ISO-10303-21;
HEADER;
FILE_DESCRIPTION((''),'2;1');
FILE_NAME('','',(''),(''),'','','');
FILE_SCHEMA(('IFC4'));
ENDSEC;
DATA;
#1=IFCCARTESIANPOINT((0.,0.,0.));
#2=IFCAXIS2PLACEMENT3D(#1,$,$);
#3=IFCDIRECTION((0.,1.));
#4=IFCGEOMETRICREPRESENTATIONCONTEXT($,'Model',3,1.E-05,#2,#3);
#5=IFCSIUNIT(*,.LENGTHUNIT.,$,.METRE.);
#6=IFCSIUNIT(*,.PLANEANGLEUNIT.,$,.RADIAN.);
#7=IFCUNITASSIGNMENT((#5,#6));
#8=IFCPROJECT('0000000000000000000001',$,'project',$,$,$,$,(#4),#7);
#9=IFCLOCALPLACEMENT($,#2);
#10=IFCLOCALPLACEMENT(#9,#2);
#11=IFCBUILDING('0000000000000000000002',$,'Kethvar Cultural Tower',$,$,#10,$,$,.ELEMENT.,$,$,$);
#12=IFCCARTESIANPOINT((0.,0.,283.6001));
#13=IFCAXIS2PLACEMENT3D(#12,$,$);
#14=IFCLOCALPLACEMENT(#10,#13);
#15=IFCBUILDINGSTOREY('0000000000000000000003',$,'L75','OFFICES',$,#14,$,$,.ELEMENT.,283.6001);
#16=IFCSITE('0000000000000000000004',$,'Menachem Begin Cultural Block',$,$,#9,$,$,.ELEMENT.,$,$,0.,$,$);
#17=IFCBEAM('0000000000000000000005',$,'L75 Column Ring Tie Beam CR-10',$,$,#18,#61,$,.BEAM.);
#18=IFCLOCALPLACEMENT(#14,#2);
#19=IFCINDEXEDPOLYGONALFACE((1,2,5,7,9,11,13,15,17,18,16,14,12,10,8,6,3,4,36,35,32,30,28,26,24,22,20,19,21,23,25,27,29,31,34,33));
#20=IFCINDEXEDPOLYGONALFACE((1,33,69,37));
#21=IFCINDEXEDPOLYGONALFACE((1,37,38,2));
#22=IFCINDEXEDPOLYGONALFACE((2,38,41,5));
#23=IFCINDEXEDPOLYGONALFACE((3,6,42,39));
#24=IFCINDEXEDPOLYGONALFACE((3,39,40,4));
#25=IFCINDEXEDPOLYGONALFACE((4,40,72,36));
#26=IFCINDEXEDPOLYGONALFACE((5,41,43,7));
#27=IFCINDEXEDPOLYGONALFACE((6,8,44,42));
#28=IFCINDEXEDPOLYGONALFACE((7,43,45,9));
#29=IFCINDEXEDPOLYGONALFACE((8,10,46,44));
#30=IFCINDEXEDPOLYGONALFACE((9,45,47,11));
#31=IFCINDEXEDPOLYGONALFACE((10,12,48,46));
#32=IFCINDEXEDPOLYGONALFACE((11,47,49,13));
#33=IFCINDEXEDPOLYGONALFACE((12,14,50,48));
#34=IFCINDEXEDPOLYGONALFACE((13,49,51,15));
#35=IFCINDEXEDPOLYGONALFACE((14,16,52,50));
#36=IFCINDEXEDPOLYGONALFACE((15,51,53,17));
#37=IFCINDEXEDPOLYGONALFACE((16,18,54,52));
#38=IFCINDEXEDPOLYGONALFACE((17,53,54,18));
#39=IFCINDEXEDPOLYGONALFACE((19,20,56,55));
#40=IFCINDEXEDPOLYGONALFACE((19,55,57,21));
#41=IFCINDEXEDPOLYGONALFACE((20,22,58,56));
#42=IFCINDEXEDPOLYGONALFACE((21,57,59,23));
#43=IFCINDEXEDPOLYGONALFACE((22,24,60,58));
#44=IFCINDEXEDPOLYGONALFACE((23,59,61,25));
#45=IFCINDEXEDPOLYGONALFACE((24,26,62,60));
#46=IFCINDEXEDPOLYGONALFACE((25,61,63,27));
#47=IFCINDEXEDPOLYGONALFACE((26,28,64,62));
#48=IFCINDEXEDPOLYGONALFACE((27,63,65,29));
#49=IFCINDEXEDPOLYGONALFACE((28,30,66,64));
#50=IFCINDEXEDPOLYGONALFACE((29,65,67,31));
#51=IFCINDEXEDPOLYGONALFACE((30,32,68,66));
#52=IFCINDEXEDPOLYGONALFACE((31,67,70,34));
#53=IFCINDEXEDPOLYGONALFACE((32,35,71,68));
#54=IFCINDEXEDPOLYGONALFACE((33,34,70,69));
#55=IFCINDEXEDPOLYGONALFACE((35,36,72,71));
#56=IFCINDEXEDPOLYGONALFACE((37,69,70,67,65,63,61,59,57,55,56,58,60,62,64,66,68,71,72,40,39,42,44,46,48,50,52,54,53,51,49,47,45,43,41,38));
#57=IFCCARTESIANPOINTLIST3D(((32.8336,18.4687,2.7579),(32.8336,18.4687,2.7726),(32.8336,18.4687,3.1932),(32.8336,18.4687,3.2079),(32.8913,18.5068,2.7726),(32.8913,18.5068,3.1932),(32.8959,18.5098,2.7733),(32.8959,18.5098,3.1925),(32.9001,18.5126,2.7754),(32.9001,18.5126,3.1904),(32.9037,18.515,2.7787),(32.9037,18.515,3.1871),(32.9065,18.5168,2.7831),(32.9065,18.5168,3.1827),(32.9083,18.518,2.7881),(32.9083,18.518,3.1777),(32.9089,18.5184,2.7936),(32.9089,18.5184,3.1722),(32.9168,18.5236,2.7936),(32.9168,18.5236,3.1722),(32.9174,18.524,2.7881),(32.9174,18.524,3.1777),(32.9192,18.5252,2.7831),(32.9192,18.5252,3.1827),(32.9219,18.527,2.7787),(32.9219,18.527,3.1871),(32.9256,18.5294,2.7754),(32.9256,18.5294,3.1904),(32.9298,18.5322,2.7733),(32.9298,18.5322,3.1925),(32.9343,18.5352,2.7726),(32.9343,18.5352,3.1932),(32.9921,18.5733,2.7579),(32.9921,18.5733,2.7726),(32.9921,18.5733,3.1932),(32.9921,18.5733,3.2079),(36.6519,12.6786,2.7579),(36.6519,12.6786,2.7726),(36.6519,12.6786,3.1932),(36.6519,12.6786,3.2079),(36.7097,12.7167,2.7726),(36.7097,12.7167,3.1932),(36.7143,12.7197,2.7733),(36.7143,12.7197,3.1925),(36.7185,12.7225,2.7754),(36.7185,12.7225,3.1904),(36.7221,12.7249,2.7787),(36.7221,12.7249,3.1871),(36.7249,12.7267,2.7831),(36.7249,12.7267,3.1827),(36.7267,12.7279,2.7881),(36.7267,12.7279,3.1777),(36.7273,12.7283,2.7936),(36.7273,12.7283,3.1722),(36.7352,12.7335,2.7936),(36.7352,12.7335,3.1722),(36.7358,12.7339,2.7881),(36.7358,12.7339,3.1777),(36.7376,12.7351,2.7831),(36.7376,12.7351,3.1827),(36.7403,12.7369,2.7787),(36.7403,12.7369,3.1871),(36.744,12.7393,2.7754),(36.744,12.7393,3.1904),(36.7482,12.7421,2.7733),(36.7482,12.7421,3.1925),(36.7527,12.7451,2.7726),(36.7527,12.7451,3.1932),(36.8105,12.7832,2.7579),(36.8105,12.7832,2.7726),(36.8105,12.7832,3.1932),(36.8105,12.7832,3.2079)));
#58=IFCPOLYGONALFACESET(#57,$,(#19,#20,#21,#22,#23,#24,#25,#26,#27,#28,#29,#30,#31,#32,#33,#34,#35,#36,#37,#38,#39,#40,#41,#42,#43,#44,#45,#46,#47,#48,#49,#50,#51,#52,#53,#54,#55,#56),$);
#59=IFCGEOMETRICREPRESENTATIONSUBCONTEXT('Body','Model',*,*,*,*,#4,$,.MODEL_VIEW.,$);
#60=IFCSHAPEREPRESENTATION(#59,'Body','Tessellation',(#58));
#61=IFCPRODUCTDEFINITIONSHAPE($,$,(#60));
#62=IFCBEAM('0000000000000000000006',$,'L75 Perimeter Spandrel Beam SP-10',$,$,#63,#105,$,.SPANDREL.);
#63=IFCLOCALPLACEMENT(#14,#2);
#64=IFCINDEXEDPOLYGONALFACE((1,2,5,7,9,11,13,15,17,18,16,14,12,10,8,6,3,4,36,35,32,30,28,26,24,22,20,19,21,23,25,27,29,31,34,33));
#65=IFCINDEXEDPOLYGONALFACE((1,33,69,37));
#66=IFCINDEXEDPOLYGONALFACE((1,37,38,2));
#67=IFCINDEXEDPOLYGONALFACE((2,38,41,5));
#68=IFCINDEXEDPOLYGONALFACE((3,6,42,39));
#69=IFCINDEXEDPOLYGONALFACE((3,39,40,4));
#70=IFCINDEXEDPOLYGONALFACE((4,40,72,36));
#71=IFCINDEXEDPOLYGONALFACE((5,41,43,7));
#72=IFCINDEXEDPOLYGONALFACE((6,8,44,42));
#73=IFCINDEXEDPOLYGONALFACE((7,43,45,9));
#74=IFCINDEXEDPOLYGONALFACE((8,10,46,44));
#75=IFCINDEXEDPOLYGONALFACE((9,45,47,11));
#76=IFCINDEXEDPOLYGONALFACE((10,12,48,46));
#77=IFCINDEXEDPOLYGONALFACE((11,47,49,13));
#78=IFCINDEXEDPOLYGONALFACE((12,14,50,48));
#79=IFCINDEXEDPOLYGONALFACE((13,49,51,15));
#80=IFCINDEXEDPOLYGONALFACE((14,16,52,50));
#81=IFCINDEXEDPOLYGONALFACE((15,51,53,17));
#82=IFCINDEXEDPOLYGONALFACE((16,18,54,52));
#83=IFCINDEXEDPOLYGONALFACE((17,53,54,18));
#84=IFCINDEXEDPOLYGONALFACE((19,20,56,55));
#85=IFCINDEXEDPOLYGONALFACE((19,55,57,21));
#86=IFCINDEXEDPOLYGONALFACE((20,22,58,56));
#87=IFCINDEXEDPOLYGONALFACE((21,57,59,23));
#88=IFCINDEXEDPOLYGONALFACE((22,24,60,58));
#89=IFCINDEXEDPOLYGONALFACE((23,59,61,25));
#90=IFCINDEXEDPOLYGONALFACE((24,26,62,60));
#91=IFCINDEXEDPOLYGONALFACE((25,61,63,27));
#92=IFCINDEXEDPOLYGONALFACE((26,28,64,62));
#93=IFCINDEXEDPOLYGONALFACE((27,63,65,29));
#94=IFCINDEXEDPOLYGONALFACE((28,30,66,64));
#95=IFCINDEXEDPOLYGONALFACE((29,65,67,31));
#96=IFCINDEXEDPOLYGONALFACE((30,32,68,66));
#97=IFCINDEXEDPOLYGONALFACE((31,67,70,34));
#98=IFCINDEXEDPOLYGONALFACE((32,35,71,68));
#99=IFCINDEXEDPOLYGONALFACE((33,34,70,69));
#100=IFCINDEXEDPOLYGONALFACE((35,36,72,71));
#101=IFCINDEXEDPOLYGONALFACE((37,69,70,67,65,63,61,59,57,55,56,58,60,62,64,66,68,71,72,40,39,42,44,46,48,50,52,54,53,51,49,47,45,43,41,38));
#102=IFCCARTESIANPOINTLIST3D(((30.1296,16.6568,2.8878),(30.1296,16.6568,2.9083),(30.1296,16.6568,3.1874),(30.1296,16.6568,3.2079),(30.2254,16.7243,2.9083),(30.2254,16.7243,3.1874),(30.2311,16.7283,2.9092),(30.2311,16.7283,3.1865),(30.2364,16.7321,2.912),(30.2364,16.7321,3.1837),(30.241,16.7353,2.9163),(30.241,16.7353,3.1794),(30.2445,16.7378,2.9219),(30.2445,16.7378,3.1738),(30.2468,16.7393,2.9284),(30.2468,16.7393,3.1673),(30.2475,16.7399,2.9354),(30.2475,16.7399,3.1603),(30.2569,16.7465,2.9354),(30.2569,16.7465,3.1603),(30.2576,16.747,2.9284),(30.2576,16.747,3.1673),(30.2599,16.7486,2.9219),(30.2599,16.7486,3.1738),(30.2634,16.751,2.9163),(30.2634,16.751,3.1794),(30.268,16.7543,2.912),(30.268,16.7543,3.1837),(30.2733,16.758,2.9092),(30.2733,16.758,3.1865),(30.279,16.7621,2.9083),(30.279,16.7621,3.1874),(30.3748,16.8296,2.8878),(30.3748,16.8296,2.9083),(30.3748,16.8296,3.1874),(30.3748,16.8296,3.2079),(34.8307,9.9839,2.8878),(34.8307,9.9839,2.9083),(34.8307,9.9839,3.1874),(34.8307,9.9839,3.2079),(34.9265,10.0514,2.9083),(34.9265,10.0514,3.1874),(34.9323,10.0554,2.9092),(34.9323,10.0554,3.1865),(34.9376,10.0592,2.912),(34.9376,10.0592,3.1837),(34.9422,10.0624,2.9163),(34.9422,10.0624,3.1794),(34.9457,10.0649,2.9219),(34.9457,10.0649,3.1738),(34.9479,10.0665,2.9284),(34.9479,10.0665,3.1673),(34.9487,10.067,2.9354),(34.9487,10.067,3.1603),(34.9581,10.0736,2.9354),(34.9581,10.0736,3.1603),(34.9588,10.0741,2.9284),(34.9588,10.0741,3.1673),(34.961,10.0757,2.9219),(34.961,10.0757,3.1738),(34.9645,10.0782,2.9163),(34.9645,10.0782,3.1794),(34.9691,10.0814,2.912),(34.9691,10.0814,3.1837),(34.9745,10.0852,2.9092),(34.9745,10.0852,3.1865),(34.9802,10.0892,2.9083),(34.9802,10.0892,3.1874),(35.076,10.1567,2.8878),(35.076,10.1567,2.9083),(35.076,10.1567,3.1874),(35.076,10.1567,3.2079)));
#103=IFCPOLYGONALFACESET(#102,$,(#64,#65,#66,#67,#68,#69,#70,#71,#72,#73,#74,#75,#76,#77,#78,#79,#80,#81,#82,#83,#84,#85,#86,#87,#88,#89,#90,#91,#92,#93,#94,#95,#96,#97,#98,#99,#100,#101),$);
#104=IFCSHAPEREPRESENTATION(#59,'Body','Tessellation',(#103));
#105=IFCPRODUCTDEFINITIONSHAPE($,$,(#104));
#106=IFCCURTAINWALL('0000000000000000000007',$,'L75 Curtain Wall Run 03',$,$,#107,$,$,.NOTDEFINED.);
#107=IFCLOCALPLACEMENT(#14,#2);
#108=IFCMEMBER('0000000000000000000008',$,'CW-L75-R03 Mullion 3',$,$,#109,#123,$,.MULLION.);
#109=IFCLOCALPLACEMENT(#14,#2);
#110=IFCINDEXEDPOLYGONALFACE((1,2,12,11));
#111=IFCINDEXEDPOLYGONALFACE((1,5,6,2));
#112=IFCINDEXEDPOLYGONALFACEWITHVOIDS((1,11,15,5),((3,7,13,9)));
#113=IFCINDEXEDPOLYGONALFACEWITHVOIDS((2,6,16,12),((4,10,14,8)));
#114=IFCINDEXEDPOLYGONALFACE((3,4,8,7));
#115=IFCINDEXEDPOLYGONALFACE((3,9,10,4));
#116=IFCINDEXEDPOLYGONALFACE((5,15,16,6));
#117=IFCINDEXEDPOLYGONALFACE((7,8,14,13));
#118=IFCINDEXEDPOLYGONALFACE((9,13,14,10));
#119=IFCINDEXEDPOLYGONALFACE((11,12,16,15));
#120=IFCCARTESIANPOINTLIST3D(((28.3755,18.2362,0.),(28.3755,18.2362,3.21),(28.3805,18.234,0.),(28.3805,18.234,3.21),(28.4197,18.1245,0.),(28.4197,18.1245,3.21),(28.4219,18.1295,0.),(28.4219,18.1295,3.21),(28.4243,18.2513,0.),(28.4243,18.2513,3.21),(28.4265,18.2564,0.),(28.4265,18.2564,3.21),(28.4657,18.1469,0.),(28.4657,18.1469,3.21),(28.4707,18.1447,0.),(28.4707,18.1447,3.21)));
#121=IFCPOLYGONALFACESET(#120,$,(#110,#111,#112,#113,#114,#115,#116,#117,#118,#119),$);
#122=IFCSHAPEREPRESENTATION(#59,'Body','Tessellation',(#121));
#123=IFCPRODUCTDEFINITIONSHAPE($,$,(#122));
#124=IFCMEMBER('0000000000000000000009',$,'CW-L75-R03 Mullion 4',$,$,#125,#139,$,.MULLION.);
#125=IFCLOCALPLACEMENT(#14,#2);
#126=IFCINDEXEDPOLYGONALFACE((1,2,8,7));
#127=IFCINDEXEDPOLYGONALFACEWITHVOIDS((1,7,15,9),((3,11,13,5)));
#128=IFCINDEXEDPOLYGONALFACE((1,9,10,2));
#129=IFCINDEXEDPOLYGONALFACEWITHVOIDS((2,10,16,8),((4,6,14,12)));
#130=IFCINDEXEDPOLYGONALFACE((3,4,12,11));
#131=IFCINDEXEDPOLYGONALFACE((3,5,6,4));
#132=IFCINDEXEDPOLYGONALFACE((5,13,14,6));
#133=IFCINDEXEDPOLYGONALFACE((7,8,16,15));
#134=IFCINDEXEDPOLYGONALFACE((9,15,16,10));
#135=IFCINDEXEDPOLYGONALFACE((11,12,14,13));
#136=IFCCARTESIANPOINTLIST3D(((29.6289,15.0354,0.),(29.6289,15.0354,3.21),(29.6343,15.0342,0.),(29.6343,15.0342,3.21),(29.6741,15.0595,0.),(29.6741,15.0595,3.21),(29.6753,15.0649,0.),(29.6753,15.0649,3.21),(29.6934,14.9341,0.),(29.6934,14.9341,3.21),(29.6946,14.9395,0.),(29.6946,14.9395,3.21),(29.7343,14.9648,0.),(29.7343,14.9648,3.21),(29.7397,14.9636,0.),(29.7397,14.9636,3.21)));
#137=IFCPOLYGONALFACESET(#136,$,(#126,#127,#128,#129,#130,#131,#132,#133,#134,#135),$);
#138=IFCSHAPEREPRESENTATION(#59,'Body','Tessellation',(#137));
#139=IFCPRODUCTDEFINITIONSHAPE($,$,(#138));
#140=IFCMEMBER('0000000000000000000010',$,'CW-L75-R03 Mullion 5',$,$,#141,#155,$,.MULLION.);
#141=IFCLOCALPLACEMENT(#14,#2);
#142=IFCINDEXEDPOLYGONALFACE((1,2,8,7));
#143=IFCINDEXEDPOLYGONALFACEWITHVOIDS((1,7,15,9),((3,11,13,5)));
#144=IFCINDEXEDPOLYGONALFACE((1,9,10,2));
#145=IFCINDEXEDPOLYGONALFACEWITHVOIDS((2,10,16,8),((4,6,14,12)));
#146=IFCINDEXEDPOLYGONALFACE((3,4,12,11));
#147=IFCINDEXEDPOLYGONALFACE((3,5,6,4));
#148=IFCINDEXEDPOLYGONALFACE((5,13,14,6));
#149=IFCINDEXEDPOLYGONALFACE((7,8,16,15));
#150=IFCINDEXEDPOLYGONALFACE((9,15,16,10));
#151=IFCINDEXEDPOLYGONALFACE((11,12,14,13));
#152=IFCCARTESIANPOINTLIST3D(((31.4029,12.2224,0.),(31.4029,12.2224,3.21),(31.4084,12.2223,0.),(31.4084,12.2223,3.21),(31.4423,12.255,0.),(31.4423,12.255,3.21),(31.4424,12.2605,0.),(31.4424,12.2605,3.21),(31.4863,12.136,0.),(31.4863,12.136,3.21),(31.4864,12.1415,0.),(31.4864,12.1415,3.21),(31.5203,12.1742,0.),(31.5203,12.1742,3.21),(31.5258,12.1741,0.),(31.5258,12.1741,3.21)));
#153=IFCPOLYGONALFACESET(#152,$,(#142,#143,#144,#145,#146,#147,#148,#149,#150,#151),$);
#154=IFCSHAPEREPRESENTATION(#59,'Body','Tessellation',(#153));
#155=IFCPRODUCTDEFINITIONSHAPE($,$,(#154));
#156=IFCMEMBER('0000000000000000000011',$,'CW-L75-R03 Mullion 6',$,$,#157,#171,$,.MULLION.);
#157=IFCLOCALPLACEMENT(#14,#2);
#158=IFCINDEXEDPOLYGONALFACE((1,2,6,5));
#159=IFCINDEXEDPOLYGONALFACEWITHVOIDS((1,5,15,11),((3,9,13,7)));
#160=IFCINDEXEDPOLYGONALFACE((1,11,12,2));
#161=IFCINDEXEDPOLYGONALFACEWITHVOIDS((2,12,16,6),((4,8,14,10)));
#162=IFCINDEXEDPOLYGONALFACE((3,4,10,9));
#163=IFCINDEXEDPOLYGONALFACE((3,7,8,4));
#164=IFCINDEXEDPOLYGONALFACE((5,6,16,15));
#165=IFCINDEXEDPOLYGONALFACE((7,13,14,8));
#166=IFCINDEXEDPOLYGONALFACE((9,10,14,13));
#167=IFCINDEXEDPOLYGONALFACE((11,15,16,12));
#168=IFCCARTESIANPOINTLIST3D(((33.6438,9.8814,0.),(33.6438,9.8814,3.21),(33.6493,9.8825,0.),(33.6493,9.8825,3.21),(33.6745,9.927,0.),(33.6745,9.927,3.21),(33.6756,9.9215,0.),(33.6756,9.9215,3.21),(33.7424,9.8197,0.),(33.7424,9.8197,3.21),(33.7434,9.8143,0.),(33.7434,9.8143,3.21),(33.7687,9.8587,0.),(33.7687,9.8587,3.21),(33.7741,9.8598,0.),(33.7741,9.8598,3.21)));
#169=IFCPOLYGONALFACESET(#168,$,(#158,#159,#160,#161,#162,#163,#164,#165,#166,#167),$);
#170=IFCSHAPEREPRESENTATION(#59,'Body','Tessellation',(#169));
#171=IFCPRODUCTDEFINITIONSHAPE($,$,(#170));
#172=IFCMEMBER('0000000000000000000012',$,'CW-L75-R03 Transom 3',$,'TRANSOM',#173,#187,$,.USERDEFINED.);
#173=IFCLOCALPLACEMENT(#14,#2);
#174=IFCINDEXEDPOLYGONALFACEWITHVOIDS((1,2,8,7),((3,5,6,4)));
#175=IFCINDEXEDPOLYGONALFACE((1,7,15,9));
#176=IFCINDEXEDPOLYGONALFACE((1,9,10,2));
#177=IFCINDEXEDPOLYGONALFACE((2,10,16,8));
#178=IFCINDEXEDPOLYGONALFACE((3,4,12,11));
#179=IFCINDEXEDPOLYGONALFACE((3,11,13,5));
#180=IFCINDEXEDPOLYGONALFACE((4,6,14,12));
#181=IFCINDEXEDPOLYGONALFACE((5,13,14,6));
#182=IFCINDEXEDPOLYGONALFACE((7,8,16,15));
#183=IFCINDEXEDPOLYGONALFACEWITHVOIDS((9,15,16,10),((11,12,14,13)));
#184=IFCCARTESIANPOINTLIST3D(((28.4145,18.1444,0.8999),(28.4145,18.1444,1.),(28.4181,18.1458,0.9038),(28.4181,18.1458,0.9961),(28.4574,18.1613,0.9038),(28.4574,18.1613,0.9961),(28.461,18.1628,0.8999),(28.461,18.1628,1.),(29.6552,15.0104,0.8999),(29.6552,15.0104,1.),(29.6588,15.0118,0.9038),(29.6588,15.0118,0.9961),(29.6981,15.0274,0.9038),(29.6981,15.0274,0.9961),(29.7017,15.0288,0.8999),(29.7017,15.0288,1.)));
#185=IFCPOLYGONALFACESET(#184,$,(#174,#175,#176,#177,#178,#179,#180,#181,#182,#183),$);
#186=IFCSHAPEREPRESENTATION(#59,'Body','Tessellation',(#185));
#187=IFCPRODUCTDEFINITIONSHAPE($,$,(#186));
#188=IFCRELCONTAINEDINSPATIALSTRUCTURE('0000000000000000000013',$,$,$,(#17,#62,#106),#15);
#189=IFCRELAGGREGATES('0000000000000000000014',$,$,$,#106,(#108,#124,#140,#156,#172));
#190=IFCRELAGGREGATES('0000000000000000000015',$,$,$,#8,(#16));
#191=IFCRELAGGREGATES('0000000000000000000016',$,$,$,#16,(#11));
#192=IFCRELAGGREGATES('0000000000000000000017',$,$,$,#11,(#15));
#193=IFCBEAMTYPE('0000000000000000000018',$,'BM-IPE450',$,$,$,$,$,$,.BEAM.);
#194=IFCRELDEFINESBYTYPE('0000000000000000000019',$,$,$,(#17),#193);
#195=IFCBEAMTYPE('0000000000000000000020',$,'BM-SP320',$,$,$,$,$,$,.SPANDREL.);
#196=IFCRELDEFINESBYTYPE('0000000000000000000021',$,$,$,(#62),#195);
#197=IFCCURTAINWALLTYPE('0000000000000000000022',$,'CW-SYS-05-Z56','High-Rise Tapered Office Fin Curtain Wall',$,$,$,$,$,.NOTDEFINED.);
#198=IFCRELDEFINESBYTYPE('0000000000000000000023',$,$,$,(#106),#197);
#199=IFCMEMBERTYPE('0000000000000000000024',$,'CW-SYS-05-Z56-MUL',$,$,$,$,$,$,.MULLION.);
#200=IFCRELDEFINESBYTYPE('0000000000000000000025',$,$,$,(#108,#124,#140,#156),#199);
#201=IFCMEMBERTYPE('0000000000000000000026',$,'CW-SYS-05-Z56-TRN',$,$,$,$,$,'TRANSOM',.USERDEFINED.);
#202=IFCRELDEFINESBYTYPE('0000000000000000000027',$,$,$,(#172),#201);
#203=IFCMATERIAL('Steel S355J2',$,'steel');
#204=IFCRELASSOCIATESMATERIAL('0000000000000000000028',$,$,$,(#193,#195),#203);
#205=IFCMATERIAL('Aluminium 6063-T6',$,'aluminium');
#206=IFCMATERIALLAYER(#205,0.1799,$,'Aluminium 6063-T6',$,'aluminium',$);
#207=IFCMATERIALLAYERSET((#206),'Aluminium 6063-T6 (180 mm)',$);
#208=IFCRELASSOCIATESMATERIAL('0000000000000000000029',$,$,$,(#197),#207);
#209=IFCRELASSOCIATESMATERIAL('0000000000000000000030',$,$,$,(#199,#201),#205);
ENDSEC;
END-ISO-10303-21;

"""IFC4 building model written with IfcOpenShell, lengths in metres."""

from ifc_helpers import new_model, si_unit, direction, frame, origin, origin_2d, place, context, subcontext, project, spatial, hollow_rectangle, i_section, extrude, source, transform, mapped, material, layer, layer_set, material_profile, profile_set, type_object, element, aggregate, save


model = new_model("IFC4")

# Units and contexts
model_context = context("Model", 3, precision=1e-05, world=origin(), true_north=direction((0.0, 1.0)))
body_context = subcontext(model_context, "Body", "Model", "MODEL_VIEW")
ifc_project = project(units=[si_unit("LENGTHUNIT", "METRE"), si_unit("PLANEANGLEUNIT", "RADIAN")], contexts=[model_context])

# Site, building, storey
site_placement = place(None, origin())
site = spatial("IfcSite", under=ifc_project, at=site_placement, Name="Menachem Begin Cultural Block", CompositionType="ELEMENT", RefElevation=0.0)
building_placement = place(site_placement, origin())
building = spatial("IfcBuilding", under=site, at=building_placement, Name="Kethvar Cultural Tower", CompositionType="ELEMENT")
storey_placement = place(building_placement, frame((0.0, 0.0, 283.6001)))
storey = spatial("IfcBuildingStorey", under=building, at=storey_placement, Name="L75", Description="OFFICES", CompositionType="ELEMENT", Elevation=283.6001)

# Shared definitions
ifc_material_1 = material(Name="Steel S355J2", Category="steel")

# Beams
ifc_material_profile_1 = material_profile(ifc_material_1, i_section(OverallWidth=0.1899, OverallDepth=0.45, WebThickness=0.0095, FlangeThickness=0.0146, FilletRadius=0.021, at=origin_2d()), Name="Steel S355J2 — IPE450")
ifc_profile_set_1 = profile_set([ifc_material_profile_1], Name="Steel S355J2 — IPE450")
beam_type_1 = type_object("IfcBeamType", Name="BM-IPE450", PredefinedType="BEAM", material=ifc_profile_set_1)
ifc_material_profile_2 = material_profile(ifc_material_1, i_section(OverallWidth=0.3, OverallDepth=0.3201, WebThickness=0.0115, FlangeThickness=0.0205, FilletRadius=0.0271, at=origin_2d()), Name="Steel S355J2 — HEB320")
ifc_profile_set_2 = profile_set([ifc_material_profile_2], Name="Steel S355J2 — HEB320")
beam_type_2 = type_object("IfcBeamType", Name="BM-SP320", PredefinedType="SPANDREL", material=ifc_profile_set_2)
shared_shape_1 = source(origin(), body_context, "Body", "SweptSolid", [
    extrude(i_section(OverallWidth=0.1899, OverallDepth=0.45, WebThickness=0.0095, FlangeThickness=0.0146, FilletRadius=0.021, at=origin_2d()), origin(), (0.0, 0.0, 1.0), 6.9358),
])
beam_1_placement = place(storey_placement, frame((32.9128, 18.521, 2.9829), z_axis=(0.550534, -0.834813, 0.0), x_axis=(0.834813, 0.550534, 0.0)))
element("IfcBeam", 1, at=beam_1_placement, inside=storey, type_object=beam_type_1, Name="L75 Column Ring Tie Beam CR-10", PredefinedType="BEAM", context=body_context, shape_type="MappedRepresentation", body=[
    mapped(shared_shape_1, transform((0.0, 0.0, 0.0), scale=1.0)),
])
shared_shape_2 = source(origin(), body_context, "Body", "SweptSolid", [
    extrude(i_section(OverallWidth=0.3, OverallDepth=0.3201, WebThickness=0.0115, FlangeThickness=0.0205, FilletRadius=0.0271, at=origin_2d()), origin(), (0.0, 0.0, 1.0), 8.1626),
])
beam_2_placement = place(storey_placement, frame((30.2522, 16.7432, 3.0479), z_axis=(0.575941, -0.817491, 0.0), x_axis=(0.817491, 0.575941, 0.0)))
element("IfcBeam", 2, at=beam_2_placement, inside=storey, type_object=beam_type_2, Name="L75 Perimeter Spandrel Beam SP-10", PredefinedType="SPANDREL", context=body_context, shape_type="MappedRepresentation", body=[
    mapped(shared_shape_2, transform((0.0, 0.0, 0.0), scale=1.0)),
])

# Curtain wall, members
ifc_material_2 = material(Name="Aluminium 6063-T6", Category="aluminium")
ifc_layer_1 = layer(ifc_material_2, 0.1799, Name="Aluminium 6063-T6", Category="aluminium")
ifc_layer_set_1 = layer_set([ifc_layer_1], Name="Aluminium 6063-T6 (180 mm)")
curtain_wall_type = type_object("IfcCurtainWallType", Name="CW-SYS-05-Z56", Description="High-Rise Tapered Office Fin Curtain Wall", PredefinedType="NOTDEFINED", material=ifc_layer_set_1)
curtain_wall_placement = place(storey_placement, origin())
curtain_wall = element("IfcCurtainWall", 3, at=curtain_wall_placement, inside=storey, type_object=curtain_wall_type, Name="L75 Curtain Wall Run 03", PredefinedType="NOTDEFINED")
ifc_material_profile_3 = material_profile(ifc_material_2, hollow_rectangle(XDim=0.0549, YDim=0.1201, WallThickness=0.0039, at=origin_2d()), Name="Aluminium 6063-T6 — RHS120x55x4")
ifc_profile_set_3 = profile_set([ifc_material_profile_3], Name="Aluminium 6063-T6 — RHS120x55x4")
member_type_1 = type_object("IfcMemberType", Name="CW-SYS-05-Z56-MUL", PredefinedType="MULLION", material=ifc_profile_set_3)
shared_shape_3 = source(origin(), body_context, "Body", "SweptSolid", [
    extrude(hollow_rectangle(XDim=0.0549, YDim=0.1201, WallThickness=0.0039, at=origin_2d()), origin(), (0.0, 0.0, 1.0), 3.21),
])
member_1_placement = place(storey_placement, frame((28.4231, 18.1904, 0.0), z_axis=(0.0, 0.0, 1.0), x_axis=(0.929789, 0.368092, 0.0)))
member_1 = element("IfcMember", 4, at=member_1_placement, type_object=member_type_1, Name="CW-L75-R03 Mullion 3", PredefinedType="MULLION", context=body_context, shape_type="MappedRepresentation", body=[
    mapped(shared_shape_3, transform((0.0, 0.0, 0.0), scale=1.0)),
])
member_2_placement = place(storey_placement, frame((29.6843, 14.9995, 0.0), z_axis=(0.0, 0.0, 1.0), x_axis=(0.843691, 0.536828, 0.0)))
member_2 = element("IfcMember", 5, at=member_2_placement, type_object=member_type_1, Name="CW-L75-R03 Mullion 4", PredefinedType="MULLION", context=body_context, shape_type="MappedRepresentation", body=[
    mapped(shared_shape_3, transform((0.0, 0.0, 0.0), scale=1.0)),
])
member_3_placement = place(storey_placement, frame((31.4644, 12.1982, 0.0), z_axis=(0.0, 0.0, 1.0), x_axis=(0.71934, 0.694658, 0.0)))
member_3 = element("IfcMember", 6, at=member_3_placement, type_object=member_type_1, Name="CW-L75-R03 Mullion 5", PredefinedType="MULLION", context=body_context, shape_type="MappedRepresentation", body=[
    mapped(shared_shape_3, transform((0.0, 0.0, 0.0), scale=1.0)),
])
member_4_placement = place(storey_placement, frame((33.709, 9.8706, 0.0), z_axis=(0.0, 0.0, 1.0), x_axis=(0.559092, 0.829106, 0.0)))
member_4 = element("IfcMember", 7, at=member_4_placement, type_object=member_type_1, Name="CW-L75-R03 Mullion 6", PredefinedType="MULLION", context=body_context, shape_type="MappedRepresentation", body=[
    mapped(shared_shape_3, transform((0.0, 0.0, 0.0), scale=1.0)),
])
ifc_material_profile_4 = material_profile(ifc_material_2, hollow_rectangle(XDim=0.05, YDim=0.1001, WallThickness=0.0039, at=origin_2d()), Name="Aluminium 6063-T6 — RHS100x50x4")
ifc_profile_set_4 = profile_set([ifc_material_profile_4], Name="Aluminium 6063-T6 — RHS100x50x4")
member_type_2 = type_object("IfcMemberType", Name="CW-SYS-05-Z56-TRN", ElementType="TRANSOM", PredefinedType="USERDEFINED", material=ifc_profile_set_4)
shared_shape_4 = source(origin(), body_context, "Body", "SweptSolid", [
    extrude(hollow_rectangle(XDim=0.05, YDim=0.1001, WallThickness=0.0039, at=origin_2d()), origin(), (0.0, 0.0, 1.0), 3.3706),
])
member_5_placement = place(storey_placement, frame((28.4377, 18.1536, 0.95), z_axis=(0.368092, -0.92979, 0.0), x_axis=(0.92979, 0.368092, 0.0)))
member_5 = element("IfcMember", 8, at=member_5_placement, type_object=member_type_2, Name="CW-L75-R03 Transom 3", ObjectType="TRANSOM", PredefinedType="USERDEFINED", context=body_context, shape_type="MappedRepresentation", body=[
    mapped(shared_shape_4, transform((0.0, 0.0, 0.0), scale=1.0)),
])
aggregate(curtain_wall, [member_1, member_2, member_3, member_4, member_5])

save(model, "model.ifc")
